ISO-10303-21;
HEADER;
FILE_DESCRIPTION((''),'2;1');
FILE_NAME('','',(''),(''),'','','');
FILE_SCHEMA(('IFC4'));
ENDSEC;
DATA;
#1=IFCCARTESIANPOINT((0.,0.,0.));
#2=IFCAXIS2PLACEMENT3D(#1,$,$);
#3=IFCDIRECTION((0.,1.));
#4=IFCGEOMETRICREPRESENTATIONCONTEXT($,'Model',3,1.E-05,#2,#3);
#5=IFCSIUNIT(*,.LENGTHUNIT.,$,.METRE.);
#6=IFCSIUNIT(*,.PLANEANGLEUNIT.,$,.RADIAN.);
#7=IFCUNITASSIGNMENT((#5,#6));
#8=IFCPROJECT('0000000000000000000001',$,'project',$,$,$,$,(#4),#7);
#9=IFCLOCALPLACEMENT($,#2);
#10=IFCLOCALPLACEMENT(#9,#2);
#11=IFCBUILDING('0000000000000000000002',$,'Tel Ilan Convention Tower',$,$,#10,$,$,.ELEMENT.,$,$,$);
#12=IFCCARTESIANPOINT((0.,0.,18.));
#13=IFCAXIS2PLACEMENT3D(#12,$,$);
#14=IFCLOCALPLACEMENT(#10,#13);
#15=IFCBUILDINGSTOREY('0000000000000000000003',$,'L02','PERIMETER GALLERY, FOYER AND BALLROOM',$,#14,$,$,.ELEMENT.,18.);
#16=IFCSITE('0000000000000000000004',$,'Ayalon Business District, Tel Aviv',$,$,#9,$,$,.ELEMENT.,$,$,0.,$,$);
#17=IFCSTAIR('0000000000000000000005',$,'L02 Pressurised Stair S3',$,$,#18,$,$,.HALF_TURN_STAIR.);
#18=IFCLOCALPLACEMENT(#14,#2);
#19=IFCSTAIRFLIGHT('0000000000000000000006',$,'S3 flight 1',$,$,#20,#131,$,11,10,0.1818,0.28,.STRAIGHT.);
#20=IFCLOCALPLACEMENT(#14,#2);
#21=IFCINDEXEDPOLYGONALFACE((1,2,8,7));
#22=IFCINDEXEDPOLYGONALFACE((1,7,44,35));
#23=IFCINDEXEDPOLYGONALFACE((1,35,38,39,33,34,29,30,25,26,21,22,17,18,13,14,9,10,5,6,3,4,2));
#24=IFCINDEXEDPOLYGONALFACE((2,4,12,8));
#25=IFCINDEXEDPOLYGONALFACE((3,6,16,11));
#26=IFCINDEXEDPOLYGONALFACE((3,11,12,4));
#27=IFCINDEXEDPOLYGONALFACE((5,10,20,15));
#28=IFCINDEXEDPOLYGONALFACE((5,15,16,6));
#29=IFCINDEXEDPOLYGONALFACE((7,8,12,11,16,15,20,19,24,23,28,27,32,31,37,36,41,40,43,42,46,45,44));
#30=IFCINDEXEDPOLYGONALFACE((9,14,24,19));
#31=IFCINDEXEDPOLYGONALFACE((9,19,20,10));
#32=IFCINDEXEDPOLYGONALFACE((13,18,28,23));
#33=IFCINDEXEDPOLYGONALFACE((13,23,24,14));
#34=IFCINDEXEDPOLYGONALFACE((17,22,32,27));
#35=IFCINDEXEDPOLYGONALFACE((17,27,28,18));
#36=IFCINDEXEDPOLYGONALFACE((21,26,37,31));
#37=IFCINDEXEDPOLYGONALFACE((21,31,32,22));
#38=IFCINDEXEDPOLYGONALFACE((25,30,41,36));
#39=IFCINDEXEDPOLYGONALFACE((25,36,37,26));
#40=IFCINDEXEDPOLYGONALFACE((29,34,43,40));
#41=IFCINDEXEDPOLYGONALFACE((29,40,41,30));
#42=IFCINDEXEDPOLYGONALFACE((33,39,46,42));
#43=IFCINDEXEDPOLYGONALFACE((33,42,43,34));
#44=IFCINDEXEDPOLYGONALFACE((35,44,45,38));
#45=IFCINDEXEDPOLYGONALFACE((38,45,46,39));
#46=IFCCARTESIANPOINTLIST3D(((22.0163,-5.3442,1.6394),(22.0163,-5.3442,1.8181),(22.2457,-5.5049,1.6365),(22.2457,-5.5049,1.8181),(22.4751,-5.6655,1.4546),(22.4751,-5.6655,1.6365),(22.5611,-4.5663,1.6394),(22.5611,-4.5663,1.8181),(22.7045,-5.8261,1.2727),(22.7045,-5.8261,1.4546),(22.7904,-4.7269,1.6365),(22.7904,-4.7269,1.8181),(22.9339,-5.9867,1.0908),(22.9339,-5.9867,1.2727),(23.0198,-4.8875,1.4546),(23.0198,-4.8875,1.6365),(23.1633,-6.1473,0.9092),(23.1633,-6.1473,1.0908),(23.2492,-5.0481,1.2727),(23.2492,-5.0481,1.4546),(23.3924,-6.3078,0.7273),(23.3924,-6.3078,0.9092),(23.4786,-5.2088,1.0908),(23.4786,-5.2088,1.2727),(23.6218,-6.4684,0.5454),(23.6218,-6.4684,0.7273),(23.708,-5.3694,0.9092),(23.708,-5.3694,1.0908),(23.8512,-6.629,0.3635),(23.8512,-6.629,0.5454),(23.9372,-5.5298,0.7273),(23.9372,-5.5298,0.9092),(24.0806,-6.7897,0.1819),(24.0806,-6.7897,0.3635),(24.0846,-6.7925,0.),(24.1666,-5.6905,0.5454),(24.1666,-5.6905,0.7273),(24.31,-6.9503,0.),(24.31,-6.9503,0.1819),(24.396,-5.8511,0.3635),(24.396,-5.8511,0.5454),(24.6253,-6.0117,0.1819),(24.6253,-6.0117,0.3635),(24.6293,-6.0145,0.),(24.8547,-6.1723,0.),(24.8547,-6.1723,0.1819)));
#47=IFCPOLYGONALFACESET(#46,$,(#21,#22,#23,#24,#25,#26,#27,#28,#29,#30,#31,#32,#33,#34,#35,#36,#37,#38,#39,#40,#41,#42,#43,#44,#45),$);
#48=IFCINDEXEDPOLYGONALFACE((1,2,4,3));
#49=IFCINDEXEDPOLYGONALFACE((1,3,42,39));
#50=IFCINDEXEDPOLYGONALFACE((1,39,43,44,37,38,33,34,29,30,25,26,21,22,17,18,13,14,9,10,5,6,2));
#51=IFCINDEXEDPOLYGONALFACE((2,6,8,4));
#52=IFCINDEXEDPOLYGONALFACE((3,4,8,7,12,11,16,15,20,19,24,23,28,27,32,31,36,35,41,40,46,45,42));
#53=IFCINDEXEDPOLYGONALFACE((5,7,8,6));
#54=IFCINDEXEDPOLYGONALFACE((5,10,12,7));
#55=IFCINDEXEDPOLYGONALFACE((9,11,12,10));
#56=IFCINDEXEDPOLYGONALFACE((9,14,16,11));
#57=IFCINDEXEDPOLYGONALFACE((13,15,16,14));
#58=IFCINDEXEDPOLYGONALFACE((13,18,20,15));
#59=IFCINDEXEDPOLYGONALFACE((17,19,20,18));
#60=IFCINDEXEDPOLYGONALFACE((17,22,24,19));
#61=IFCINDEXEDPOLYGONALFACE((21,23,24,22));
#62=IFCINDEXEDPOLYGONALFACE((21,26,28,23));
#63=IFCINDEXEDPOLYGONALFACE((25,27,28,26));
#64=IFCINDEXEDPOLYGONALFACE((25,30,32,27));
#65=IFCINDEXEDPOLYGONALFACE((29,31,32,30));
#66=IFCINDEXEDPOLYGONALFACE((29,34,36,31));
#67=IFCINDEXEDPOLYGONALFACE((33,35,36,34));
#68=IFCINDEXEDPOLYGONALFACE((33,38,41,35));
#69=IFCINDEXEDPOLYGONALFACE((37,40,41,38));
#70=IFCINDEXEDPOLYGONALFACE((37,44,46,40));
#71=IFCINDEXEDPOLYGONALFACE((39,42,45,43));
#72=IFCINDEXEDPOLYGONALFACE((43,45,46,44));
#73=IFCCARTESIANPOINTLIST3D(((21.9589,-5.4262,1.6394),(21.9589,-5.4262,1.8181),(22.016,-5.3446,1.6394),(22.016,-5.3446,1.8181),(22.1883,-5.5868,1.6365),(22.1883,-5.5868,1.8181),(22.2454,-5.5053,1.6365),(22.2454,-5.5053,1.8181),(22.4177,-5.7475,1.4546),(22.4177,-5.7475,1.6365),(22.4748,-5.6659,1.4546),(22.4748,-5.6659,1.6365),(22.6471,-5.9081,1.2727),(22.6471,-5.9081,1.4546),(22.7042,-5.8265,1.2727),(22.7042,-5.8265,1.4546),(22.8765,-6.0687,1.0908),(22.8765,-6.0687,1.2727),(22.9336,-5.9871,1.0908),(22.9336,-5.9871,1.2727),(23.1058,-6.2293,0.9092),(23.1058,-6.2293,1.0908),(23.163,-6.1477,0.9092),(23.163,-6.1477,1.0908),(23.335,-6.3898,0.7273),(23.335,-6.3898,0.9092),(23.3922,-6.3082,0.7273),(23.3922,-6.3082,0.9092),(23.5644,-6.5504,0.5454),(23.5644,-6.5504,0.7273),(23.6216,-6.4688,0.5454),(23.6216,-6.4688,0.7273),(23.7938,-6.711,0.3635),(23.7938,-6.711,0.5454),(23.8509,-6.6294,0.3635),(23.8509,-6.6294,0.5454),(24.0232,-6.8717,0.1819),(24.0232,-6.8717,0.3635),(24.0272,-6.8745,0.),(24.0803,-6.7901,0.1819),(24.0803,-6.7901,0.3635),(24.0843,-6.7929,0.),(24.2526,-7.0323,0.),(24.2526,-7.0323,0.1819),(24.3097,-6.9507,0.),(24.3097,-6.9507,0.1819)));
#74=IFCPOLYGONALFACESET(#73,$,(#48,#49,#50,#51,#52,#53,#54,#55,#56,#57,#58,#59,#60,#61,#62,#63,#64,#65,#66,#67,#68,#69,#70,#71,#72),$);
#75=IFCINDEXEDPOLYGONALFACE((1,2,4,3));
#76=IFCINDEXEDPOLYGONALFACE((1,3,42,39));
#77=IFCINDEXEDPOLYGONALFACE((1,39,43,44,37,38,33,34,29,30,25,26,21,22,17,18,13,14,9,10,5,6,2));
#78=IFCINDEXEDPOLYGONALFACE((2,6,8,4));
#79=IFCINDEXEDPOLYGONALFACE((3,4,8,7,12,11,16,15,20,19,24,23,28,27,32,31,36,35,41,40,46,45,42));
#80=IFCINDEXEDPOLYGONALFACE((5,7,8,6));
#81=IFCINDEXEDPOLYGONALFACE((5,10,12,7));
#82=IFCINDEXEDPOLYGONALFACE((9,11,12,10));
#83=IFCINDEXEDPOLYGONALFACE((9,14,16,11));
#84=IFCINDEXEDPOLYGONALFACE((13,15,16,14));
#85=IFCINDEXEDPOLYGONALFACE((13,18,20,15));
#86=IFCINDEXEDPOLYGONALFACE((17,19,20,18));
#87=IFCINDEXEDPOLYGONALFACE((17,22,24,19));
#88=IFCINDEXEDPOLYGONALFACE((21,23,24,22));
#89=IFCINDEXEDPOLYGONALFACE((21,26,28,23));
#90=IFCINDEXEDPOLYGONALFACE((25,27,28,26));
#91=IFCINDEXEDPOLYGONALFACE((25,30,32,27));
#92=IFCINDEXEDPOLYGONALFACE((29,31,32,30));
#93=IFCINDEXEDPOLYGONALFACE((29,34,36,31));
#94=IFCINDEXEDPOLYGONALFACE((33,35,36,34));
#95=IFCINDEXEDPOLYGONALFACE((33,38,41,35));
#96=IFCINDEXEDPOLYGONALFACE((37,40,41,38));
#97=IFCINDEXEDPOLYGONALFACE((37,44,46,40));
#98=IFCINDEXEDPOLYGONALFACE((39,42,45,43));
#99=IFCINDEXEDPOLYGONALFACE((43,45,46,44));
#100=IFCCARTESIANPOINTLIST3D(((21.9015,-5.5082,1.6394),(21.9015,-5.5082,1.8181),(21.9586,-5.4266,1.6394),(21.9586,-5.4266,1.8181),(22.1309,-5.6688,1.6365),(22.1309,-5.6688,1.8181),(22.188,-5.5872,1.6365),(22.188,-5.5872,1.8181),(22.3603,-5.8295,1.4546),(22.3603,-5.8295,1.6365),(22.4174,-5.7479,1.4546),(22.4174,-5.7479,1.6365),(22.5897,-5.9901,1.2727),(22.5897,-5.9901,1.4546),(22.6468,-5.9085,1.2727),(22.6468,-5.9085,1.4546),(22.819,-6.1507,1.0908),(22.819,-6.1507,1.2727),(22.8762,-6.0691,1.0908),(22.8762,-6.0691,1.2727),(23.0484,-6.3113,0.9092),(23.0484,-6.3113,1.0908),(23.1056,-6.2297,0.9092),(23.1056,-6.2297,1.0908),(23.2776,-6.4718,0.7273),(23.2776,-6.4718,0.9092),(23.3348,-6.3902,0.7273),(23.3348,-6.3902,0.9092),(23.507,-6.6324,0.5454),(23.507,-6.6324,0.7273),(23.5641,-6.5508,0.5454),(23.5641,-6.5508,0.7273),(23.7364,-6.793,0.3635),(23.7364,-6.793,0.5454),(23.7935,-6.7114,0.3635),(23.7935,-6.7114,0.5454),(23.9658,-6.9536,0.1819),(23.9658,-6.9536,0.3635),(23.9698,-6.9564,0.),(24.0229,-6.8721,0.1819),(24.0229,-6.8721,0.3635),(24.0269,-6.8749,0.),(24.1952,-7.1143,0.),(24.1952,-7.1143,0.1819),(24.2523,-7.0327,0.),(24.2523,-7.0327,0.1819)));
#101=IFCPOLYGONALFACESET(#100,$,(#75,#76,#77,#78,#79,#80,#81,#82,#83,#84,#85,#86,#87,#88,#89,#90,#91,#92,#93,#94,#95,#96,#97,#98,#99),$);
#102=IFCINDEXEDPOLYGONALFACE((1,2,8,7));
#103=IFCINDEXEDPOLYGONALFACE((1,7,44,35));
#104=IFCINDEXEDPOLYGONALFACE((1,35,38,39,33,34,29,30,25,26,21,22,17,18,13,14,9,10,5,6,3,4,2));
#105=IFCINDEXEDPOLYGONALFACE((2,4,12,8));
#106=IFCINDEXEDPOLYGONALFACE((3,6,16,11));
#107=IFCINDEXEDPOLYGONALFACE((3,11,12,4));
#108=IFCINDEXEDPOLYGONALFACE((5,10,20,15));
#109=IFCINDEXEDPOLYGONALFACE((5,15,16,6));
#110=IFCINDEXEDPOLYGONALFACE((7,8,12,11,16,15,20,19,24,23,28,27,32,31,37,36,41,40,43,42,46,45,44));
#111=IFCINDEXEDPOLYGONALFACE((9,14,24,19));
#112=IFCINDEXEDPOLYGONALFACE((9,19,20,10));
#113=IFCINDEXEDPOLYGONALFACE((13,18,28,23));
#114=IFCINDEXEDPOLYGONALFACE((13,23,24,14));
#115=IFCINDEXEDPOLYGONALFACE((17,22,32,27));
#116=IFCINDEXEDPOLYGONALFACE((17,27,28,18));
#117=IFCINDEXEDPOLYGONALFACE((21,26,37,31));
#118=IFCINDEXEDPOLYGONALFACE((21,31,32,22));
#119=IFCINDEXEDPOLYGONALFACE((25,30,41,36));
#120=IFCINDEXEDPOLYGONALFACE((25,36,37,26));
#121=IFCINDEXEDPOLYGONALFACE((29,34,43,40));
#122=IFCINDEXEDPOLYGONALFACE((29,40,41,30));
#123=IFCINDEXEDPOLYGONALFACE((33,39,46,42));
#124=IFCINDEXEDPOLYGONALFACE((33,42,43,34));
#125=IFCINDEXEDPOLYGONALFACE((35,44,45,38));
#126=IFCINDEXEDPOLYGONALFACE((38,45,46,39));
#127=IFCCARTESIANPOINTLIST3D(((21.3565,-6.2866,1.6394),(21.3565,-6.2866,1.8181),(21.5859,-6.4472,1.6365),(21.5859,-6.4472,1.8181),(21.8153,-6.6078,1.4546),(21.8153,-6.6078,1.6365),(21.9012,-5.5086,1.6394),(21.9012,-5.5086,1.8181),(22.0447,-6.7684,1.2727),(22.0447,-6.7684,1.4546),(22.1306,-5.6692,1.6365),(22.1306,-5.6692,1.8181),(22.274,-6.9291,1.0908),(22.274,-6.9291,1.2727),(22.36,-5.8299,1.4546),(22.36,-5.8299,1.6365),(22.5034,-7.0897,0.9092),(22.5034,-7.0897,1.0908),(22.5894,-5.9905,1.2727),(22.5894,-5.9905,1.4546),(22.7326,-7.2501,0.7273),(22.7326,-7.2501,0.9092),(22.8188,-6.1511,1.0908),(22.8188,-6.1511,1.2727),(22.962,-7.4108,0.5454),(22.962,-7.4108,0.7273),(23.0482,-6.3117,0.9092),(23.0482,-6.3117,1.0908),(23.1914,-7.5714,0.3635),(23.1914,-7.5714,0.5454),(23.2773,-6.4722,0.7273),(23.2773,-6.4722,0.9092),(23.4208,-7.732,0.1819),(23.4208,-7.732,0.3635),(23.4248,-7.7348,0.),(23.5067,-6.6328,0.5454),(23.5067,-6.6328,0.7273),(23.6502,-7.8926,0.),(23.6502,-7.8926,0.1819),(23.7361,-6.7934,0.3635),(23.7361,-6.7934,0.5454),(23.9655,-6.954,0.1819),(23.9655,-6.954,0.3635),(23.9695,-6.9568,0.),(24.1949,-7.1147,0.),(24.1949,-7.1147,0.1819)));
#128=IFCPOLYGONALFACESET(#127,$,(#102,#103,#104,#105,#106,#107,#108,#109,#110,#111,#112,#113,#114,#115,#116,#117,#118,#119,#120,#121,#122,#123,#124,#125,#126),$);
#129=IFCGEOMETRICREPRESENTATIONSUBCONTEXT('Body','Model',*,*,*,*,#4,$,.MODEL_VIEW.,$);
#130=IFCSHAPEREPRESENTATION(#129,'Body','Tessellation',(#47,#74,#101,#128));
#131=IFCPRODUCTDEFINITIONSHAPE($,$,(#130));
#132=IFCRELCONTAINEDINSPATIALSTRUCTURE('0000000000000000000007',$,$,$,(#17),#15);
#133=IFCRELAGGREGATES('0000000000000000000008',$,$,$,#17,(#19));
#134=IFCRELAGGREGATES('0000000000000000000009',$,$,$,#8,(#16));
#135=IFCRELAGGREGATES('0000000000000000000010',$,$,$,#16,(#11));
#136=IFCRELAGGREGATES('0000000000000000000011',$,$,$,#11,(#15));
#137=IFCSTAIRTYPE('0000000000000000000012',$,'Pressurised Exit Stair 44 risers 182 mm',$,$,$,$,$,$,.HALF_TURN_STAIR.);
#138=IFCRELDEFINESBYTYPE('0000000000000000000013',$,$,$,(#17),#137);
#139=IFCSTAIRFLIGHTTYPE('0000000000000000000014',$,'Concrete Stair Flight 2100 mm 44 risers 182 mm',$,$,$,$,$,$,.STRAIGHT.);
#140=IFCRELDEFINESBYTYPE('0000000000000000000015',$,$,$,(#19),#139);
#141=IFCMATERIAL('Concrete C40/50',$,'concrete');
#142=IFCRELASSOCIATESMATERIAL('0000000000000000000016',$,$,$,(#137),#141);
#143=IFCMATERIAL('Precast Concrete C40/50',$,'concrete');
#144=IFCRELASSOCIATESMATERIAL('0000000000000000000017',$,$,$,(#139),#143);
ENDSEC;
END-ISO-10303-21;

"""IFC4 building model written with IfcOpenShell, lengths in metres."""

from ifc_helpers import new_model, si_unit, direction, frame, origin, place, context, subcontext, project, spatial, polyline, outline, extrude, material, type_object, element, aggregate, save


model = new_model("IFC4")

# Units and contexts
model_context = context("Model", 3, precision=1e-05, world=origin(), true_north=direction((0.0, 1.0)))
body_context = subcontext(model_context, "Body", "Model", "MODEL_VIEW")
ifc_project = project(units=[si_unit("LENGTHUNIT", "METRE"), si_unit("PLANEANGLEUNIT", "RADIAN")], contexts=[model_context])

# Site, building, storey
site_placement = place(None, origin())
site = spatial("IfcSite", under=ifc_project, at=site_placement, Name="Ayalon Business District, Tel Aviv", CompositionType="ELEMENT", RefElevation=0.0)
building_placement = place(site_placement, origin())
building = spatial("IfcBuilding", under=site, at=building_placement, Name="Tel Ilan Convention Tower", CompositionType="ELEMENT")
storey_placement = place(building_placement, frame((0.0, 0.0, 18.0)))
storey = spatial("IfcBuildingStorey", under=building, at=storey_placement, Name="L02", Description="PERIMETER GALLERY, FOYER AND BALLROOM", CompositionType="ELEMENT", Elevation=18.0)

# Stair, stair flight
ifc_material_1 = material(Name="Concrete C40/50", Category="concrete")
stair_type = type_object("IfcStairType", Name="Pressurised Exit Stair 44 risers 182 mm", PredefinedType="HALF_TURN_STAIR", material=ifc_material_1)
stair_placement = place(storey_placement, origin())
stair = element("IfcStair", 1, at=stair_placement, inside=storey, type_object=stair_type, Name="L02 Pressurised Stair S3", PredefinedType="HALF_TURN_STAIR")
ifc_material_2 = material(Name="Precast Concrete C40/50", Category="concrete")
stair_flight_type = type_object("IfcStairFlightType", Name="Concrete Stair Flight 2100 mm 44 risers 182 mm", PredefinedType="STRAIGHT", material=ifc_material_2)
stair_flight_1_placement = place(storey_placement, frame((24.2524, -7.0325, 0.0), z_axis=(0.0, 0.0, 1.0), x_axis=(-0.819152, 0.573576, 0.0)))
stair_flight_1 = element("IfcStairFlight", 2, at=stair_flight_1_placement, type_object=stair_flight_type, Name="S3 flight 1", NumberOfRisers=11, NumberOfTreads=10, PredefinedType="STRAIGHT", RiserHeight=0.1818, TreadLength=0.28, context=body_context, shape_type="SweptSolid", body=[
    extrude(outline(polyline([(0.0, 0.0), (0.0, 0.1819), (0.28, 0.1819), (0.28, 0.3635), (0.5601, 0.3635), (0.5601, 0.5454), (0.8401, 0.5454), (0.8401, 0.7273), (1.1201, 0.7273), (1.1201, 0.9092), (1.3999, 0.9092), (1.3999, 1.0908), (1.6799, 1.0908), (1.6799, 1.2727), (1.96, 1.2727), (1.96, 1.4546), (2.24, 1.4546), (2.24, 1.6365), (2.52, 1.6365), (2.52, 1.8181), (2.8, 1.8181), (2.8, 2.0), (2.8, 1.6394), (0.2751, 0.0), (0.0, 0.0)])), frame((0.0, -0.1003, 0.0), z_axis=(0.0, -1.0, 0.0), x_axis=(1.0, 0.0, 0.0)), (0.0, 0.0, 1.0), 0.9497),
    extrude(outline(polyline([(0.0, 0.0), (0.0, 0.1819), (0.28, 0.1819), (0.28, 0.3635), (0.5601, 0.3635), (0.5601, 0.5454), (0.8401, 0.5454), (0.8401, 0.7273), (1.1201, 0.7273), (1.1201, 0.9092), (1.3999, 0.9092), (1.3999, 1.0908), (1.6799, 1.0908), (1.6799, 1.2727), (1.96, 1.2727), (1.96, 1.4546), (2.24, 1.4546), (2.24, 1.6365), (2.52, 1.6365), (2.52, 1.8181), (2.8, 1.8181), (2.8, 2.0), (2.8, 1.6394), (0.2751, 0.0), (0.0, 0.0)])), frame((0.0, -0.0002, 0.0), z_axis=(0.0, -1.0, 0.0), x_axis=(1.0, 0.0, 0.0)), (0.0, 0.0, 1.0), 0.0996),
    extrude(outline(polyline([(0.0, 0.0), (0.0, 0.1819), (0.28, 0.1819), (0.28, 0.3635), (0.5601, 0.3635), (0.5601, 0.5454), (0.8401, 0.5454), (0.8401, 0.7273), (1.1201, 0.7273), (1.1201, 0.9092), (1.3999, 0.9092), (1.3999, 1.0908), (1.6799, 1.0908), (1.6799, 1.2727), (1.96, 1.2727), (1.96, 1.4546), (2.24, 1.4546), (2.24, 1.6365), (2.52, 1.6365), (2.52, 1.8181), (2.8, 1.8181), (2.8, 2.0), (2.8, 1.6394), (0.2751, 0.0), (0.0, 0.0)])), frame((0.0, 0.0999, 0.0), z_axis=(0.0, -1.0, 0.0), x_axis=(1.0, 0.0, 0.0)), (0.0, 0.0, 1.0), 0.0996),
    extrude(outline(polyline([(0.0, 0.0), (0.0, 0.1819), (0.28, 0.1819), (0.28, 0.3635), (0.5601, 0.3635), (0.5601, 0.5454), (0.8401, 0.5454), (0.8401, 0.7273), (1.1201, 0.7273), (1.1201, 0.9092), (1.3999, 0.9092), (1.3999, 1.0908), (1.6799, 1.0908), (1.6799, 1.2727), (1.96, 1.2727), (1.96, 1.4546), (2.24, 1.4546), (2.24, 1.6365), (2.52, 1.6365), (2.52, 1.8181), (2.8, 1.8181), (2.8, 2.0), (2.8, 1.6394), (0.2751, 0.0), (0.0, 0.0)])), frame((0.0, 1.05, 0.0), z_axis=(0.0, -1.0, 0.0), x_axis=(1.0, 0.0, 0.0)), (0.0, 0.0, 1.0), 0.9497),
])
aggregate(stair, [stair_flight_1])

save(model, "model.ifc")
